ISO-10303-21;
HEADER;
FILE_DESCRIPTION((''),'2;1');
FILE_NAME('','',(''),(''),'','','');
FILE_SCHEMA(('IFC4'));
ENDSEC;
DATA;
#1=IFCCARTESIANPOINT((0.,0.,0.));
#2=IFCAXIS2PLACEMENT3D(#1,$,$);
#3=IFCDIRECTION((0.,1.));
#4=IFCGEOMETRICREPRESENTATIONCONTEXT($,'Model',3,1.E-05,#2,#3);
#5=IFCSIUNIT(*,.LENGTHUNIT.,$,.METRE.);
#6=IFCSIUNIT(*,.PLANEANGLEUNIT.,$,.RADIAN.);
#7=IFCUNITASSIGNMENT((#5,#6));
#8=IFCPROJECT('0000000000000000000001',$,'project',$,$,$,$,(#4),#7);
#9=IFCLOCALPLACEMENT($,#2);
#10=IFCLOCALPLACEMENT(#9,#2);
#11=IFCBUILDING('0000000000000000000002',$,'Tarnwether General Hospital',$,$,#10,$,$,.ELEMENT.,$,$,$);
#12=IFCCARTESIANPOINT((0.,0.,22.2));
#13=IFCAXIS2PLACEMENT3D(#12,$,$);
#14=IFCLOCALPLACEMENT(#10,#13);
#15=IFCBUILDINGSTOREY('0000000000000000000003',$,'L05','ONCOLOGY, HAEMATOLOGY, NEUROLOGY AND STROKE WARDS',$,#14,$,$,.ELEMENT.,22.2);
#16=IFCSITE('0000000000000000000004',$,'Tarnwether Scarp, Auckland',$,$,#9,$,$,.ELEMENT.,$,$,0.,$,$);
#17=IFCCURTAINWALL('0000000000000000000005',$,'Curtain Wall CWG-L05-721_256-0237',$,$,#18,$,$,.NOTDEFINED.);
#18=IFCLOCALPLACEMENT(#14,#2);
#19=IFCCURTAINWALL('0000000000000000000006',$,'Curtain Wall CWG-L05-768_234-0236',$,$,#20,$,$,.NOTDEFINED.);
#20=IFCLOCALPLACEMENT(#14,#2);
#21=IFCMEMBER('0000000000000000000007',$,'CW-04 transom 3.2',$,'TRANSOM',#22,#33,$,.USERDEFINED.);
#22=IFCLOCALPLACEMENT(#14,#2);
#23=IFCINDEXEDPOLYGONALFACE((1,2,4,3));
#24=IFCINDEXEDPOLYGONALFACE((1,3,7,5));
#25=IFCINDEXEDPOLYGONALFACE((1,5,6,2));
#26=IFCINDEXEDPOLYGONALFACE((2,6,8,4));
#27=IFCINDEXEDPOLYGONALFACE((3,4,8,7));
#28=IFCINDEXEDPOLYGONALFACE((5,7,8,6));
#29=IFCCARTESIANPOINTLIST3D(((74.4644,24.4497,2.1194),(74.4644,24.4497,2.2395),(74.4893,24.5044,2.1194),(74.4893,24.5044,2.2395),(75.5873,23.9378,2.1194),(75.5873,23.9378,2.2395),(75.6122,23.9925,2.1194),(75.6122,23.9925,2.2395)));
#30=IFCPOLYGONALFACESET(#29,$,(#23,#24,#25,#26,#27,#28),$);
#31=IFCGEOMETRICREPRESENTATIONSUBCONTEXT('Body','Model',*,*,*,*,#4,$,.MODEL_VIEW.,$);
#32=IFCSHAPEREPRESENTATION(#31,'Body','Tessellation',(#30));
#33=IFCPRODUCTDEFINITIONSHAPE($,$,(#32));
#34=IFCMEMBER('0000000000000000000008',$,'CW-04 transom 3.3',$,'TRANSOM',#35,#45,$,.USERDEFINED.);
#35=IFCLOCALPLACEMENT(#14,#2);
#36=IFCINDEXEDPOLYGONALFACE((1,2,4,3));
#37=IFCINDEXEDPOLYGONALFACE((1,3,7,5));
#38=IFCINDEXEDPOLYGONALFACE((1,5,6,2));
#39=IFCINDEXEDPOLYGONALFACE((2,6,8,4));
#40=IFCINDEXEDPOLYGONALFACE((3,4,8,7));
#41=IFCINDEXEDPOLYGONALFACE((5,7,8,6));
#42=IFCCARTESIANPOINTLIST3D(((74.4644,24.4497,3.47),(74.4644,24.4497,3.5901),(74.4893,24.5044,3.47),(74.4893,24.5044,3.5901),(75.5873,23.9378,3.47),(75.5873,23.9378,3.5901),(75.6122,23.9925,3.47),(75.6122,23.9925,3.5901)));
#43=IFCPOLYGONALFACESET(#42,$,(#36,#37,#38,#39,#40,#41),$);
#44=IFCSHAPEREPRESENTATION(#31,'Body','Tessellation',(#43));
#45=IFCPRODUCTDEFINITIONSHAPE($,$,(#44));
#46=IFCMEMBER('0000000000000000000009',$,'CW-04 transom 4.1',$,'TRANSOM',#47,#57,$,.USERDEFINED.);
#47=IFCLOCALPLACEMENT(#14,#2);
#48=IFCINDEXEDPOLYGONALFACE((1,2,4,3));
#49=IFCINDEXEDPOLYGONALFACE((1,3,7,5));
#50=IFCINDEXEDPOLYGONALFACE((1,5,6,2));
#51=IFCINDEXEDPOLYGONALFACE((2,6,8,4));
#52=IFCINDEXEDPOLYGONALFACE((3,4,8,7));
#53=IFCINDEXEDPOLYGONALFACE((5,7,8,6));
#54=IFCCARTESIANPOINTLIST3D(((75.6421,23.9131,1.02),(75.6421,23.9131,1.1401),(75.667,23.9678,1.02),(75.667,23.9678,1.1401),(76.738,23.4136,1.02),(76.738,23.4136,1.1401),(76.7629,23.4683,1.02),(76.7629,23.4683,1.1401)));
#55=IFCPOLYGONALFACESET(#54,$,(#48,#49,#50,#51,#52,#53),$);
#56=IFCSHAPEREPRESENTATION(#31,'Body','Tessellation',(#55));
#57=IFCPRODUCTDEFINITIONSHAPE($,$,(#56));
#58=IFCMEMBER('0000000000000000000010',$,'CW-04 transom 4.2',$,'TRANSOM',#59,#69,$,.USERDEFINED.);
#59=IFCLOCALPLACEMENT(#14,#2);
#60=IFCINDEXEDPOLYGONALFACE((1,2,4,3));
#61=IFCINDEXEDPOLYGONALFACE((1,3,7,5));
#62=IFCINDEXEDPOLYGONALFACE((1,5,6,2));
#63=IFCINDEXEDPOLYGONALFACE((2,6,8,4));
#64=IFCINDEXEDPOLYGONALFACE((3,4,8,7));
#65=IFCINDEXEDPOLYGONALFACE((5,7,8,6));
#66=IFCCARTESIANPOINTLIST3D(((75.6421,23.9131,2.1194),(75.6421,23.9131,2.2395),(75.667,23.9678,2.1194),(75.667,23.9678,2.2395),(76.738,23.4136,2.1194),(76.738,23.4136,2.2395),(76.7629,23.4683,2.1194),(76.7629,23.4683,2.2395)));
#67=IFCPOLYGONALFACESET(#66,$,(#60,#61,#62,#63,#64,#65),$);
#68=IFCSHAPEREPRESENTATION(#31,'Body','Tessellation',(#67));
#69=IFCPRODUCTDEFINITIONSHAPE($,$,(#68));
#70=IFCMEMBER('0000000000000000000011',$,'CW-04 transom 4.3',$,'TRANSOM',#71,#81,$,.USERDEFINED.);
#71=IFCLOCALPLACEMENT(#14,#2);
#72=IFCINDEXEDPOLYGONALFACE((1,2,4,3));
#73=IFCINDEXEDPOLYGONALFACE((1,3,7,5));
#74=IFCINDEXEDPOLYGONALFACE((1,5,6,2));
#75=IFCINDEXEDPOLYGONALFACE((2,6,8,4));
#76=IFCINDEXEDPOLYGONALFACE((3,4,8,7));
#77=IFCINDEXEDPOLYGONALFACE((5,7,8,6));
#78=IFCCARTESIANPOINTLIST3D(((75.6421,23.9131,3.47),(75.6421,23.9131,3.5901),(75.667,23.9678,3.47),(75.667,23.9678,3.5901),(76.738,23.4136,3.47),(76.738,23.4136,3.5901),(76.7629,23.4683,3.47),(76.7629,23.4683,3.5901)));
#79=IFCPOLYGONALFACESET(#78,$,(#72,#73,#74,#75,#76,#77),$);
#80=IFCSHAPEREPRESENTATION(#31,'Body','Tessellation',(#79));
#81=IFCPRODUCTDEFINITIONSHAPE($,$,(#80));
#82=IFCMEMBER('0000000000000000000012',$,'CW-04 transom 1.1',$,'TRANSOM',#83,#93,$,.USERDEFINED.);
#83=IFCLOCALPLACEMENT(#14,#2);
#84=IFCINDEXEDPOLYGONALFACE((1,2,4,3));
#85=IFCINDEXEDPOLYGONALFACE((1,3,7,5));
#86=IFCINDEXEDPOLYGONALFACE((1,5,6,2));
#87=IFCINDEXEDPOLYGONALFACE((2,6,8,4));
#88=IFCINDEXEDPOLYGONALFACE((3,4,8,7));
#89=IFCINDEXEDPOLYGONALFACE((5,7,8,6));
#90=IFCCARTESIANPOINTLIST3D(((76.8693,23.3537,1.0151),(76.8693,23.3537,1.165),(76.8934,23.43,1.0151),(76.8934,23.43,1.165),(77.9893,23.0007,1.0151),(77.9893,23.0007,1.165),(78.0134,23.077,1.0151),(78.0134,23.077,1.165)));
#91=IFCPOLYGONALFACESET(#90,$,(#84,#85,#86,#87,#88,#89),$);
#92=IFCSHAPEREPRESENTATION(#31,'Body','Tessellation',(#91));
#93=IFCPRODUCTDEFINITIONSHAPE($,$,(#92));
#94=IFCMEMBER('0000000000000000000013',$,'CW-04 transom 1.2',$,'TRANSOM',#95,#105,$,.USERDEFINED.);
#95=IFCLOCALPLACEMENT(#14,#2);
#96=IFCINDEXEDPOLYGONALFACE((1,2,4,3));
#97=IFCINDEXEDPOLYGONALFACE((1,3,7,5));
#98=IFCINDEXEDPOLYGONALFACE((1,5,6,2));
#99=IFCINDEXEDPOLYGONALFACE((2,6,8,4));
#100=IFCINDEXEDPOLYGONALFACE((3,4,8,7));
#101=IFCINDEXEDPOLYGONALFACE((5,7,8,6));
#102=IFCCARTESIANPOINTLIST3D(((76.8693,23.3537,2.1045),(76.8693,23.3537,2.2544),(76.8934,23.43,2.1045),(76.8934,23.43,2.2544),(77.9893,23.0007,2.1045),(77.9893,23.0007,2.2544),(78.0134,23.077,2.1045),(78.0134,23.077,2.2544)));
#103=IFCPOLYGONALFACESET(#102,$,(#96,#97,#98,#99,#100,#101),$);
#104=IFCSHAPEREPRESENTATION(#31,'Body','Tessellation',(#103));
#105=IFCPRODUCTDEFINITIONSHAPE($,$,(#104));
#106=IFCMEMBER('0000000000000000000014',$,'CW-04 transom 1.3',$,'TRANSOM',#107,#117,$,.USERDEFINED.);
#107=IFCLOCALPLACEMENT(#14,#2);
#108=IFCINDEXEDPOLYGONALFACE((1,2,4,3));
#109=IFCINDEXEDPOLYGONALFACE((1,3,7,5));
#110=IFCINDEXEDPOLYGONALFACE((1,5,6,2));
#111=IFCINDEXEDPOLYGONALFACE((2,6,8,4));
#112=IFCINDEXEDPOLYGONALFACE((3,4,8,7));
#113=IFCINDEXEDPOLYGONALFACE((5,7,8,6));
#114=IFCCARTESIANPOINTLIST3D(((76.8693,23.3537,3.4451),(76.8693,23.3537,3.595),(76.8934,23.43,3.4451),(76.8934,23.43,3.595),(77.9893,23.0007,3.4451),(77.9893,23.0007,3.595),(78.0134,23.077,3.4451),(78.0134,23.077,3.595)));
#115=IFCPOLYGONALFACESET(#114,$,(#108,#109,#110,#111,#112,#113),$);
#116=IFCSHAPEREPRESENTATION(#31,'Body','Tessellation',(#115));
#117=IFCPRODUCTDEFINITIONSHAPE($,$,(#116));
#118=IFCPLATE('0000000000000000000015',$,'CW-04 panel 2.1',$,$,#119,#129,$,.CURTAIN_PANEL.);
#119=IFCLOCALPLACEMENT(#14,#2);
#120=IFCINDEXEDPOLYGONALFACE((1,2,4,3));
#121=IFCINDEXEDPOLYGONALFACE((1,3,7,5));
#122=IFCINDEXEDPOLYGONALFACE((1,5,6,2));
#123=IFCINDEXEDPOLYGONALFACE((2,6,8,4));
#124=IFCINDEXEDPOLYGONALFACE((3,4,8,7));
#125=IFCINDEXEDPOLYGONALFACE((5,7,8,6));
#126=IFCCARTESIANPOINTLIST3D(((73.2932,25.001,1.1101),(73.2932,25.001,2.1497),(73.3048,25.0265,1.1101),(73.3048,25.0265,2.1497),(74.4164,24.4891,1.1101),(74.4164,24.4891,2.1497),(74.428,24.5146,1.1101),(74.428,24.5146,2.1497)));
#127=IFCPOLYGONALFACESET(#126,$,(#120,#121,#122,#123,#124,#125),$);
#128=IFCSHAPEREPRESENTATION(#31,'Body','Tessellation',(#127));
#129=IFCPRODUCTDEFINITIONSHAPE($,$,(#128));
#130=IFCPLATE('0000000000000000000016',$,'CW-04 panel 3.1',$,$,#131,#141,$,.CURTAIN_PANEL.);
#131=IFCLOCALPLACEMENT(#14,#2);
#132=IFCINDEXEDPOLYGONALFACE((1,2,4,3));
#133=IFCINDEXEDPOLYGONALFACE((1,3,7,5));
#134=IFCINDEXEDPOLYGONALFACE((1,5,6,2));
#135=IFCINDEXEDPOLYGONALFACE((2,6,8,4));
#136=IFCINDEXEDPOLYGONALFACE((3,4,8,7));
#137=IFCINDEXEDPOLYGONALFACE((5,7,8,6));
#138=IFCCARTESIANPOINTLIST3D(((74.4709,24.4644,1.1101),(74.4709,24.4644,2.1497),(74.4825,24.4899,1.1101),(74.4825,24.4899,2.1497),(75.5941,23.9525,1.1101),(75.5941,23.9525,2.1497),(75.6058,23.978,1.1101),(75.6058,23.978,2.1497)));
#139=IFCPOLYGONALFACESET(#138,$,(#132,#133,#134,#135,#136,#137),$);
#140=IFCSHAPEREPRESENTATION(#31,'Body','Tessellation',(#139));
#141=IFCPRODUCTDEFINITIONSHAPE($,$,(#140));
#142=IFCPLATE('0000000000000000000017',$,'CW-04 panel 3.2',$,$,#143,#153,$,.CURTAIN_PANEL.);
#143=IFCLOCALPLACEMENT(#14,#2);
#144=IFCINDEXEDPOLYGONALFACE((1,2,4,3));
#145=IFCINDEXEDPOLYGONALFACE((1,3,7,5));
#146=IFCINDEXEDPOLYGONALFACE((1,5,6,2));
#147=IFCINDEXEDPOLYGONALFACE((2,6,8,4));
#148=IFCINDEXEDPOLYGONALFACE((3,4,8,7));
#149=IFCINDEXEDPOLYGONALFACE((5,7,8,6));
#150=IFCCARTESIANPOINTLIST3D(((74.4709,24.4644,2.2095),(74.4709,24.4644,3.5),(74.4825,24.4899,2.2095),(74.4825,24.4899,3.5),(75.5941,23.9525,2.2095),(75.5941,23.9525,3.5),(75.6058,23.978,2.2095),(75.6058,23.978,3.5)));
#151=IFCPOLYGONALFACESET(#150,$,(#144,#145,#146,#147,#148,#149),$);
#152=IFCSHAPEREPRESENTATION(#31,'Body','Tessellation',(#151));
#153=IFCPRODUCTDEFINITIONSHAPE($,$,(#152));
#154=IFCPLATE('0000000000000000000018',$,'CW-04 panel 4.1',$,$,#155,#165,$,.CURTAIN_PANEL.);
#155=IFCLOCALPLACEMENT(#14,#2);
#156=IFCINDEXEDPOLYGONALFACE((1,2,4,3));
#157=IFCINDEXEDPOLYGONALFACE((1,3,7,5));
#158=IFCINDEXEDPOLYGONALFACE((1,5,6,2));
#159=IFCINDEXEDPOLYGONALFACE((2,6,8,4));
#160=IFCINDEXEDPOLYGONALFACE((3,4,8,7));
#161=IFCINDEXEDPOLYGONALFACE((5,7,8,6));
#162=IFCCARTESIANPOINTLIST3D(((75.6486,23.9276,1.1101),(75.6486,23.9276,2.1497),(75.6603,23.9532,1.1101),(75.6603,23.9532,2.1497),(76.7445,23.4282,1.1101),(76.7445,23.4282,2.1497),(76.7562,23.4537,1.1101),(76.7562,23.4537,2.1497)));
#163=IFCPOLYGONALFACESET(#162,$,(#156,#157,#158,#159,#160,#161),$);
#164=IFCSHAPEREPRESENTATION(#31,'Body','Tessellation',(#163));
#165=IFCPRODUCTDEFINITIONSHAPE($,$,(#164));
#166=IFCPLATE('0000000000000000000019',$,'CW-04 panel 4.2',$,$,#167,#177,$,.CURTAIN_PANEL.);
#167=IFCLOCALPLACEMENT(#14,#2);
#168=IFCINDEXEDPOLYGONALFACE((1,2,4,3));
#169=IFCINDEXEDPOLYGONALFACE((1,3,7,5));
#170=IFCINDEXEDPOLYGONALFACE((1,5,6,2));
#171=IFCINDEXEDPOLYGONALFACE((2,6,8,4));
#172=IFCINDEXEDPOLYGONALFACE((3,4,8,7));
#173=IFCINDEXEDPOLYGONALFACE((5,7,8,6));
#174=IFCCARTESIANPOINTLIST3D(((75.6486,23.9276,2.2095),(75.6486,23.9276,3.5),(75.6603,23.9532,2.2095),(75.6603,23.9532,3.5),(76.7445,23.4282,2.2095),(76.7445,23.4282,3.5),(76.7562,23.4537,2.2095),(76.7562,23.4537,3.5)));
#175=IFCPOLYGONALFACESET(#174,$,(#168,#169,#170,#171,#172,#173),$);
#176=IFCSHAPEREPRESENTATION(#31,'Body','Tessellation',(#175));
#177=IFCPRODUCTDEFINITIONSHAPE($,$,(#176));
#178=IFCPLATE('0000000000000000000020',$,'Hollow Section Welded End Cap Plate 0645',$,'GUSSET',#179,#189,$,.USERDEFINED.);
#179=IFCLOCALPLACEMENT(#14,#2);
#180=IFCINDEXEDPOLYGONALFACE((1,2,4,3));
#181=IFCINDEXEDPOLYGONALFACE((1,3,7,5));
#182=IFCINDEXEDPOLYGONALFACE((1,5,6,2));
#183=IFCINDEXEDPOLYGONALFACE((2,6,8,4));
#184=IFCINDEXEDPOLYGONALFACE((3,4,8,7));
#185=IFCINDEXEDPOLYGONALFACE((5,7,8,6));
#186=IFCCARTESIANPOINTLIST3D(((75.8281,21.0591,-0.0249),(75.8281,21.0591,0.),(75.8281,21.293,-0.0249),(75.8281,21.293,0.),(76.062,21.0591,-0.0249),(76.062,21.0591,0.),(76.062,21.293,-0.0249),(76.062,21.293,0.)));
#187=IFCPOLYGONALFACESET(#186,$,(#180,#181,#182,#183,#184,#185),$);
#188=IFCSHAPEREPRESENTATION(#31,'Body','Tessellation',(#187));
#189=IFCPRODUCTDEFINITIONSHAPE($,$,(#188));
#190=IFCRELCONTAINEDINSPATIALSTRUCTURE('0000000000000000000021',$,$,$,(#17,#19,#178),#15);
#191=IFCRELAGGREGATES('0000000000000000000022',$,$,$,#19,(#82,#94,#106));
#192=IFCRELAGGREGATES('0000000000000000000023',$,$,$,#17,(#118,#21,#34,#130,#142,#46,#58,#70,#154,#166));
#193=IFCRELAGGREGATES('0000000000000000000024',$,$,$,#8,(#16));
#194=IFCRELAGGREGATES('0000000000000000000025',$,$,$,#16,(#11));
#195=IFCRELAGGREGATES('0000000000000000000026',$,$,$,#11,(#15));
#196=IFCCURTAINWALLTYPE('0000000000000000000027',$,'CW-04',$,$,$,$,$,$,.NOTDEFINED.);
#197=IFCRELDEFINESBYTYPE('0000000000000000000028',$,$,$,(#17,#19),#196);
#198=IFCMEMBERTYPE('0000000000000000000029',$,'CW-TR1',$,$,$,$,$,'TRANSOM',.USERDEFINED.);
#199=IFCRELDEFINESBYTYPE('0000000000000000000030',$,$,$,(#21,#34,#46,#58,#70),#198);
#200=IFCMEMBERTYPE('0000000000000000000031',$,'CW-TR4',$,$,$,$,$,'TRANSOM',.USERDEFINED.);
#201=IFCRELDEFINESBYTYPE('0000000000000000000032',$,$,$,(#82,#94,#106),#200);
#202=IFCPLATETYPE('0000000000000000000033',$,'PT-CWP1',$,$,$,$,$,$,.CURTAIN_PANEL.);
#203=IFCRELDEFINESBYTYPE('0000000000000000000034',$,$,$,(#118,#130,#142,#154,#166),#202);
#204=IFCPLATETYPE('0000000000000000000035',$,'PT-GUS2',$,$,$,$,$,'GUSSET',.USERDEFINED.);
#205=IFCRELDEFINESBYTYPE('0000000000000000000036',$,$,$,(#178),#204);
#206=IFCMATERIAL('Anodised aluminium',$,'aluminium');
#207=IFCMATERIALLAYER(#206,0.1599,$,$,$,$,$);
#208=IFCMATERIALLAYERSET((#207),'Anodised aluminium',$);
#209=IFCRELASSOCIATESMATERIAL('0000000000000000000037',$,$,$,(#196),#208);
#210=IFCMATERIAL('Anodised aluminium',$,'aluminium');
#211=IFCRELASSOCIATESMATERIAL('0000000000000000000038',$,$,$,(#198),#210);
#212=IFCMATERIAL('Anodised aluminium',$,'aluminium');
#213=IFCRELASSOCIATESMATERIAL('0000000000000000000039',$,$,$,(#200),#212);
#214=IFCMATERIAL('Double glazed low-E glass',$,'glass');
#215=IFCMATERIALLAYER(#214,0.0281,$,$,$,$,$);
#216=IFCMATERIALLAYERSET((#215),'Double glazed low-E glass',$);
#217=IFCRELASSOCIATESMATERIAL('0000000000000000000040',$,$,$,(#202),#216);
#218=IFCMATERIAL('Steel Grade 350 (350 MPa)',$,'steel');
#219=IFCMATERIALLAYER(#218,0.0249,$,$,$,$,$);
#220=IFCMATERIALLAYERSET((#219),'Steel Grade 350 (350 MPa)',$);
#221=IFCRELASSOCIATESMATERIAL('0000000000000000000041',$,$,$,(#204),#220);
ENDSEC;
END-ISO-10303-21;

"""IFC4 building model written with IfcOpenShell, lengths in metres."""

from ifc_helpers import new_model, si_unit, direction, frame, origin, origin_2d, place, context, subcontext, project, spatial, rectangle, extrude, material, layer, layer_set, material_profile, profile_set, type_object, element, aggregate, save


model = new_model("IFC4")

# Units and contexts
model_context = context("Model", 3, precision=1e-05, world=origin(), true_north=direction((0.0, 1.0)))
body_context = subcontext(model_context, "Body", "Model", "MODEL_VIEW")
ifc_project = project(units=[si_unit("LENGTHUNIT", "METRE"), si_unit("PLANEANGLEUNIT", "RADIAN")], contexts=[model_context])

# Site, building, storey
site_placement = place(None, origin())
site = spatial("IfcSite", under=ifc_project, at=site_placement, Name="Tarnwether Scarp, Auckland", CompositionType="ELEMENT", RefElevation=0.0)
building_placement = place(site_placement, origin())
building = spatial("IfcBuilding", under=site, at=building_placement, Name="Tarnwether General Hospital", CompositionType="ELEMENT")
storey_placement = place(building_placement, frame((0.0, 0.0, 22.2)))
storey = spatial("IfcBuildingStorey", under=building, at=storey_placement, Name="L05", Description="ONCOLOGY, HAEMATOLOGY, NEUROLOGY AND STROKE WARDS", CompositionType="ELEMENT", Elevation=22.2)

# Curtain wall
ifc_material_1 = material(Name="Anodised aluminium", Category="aluminium")
ifc_layer_1 = layer(ifc_material_1, 0.1599)
ifc_layer_set_1 = layer_set([ifc_layer_1], Name="Anodised aluminium")
curtain_wall_type = type_object("IfcCurtainWallType", Name="CW-04", PredefinedType="NOTDEFINED", material=ifc_layer_set_1)
curtain_wall_1_placement = place(storey_placement, origin())
curtain_wall_1 = element("IfcCurtainWall", 1, at=curtain_wall_1_placement, inside=storey, type_object=curtain_wall_type, Name="Curtain Wall CWG-L05-721_256-0237", PredefinedType="NOTDEFINED")

# Curtain wall
curtain_wall_2_placement = place(storey_placement, origin())
curtain_wall_2 = element("IfcCurtainWall", 2, at=curtain_wall_2_placement, inside=storey, type_object=curtain_wall_type, Name="Curtain Wall CWG-L05-768_234-0236", PredefinedType="NOTDEFINED")

# Members
ifc_material_2 = material(Name="Anodised aluminium", Category="aluminium")
ifc_material_profile_1 = material_profile(ifc_material_2, rectangle(XDim=0.0601, YDim=0.1201, at=origin_2d()), Name="ALU-TRN-60x120")
ifc_profile_set_1 = profile_set([ifc_material_profile_1], Name="Anodised aluminium")
member_type_1 = type_object("IfcMemberType", Name="CW-TR1", ElementType="TRANSOM", PredefinedType="USERDEFINED", material=ifc_profile_set_1)
member_1_placement = place(storey_placement, frame((74.4768, 24.4771, 2.1794), z_axis=(0.909912, -0.414801, 0.0), x_axis=(0.414801, 0.909912, 0.0)))
member_1 = element("IfcMember", 3, at=member_1_placement, type_object=member_type_1, Name="CW-04 transom 3.2", ObjectType="TRANSOM", PredefinedType="USERDEFINED", context=body_context, shape_type="SweptSolid", body=[
    extrude(rectangle(XDim=0.0601, YDim=0.1201, at=origin_2d()), origin(), (0.0, 0.0, 1.0), 1.2341),
])
member_2_placement = place(storey_placement, frame((74.4768, 24.4771, 3.53), z_axis=(0.909912, -0.414801, 0.0), x_axis=(0.414801, 0.909912, 0.0)))
member_2 = element("IfcMember", 4, at=member_2_placement, type_object=member_type_1, Name="CW-04 transom 3.3", ObjectType="TRANSOM", PredefinedType="USERDEFINED", context=body_context, shape_type="SweptSolid", body=[
    extrude(rectangle(XDim=0.0601, YDim=0.1201, at=origin_2d()), origin(), (0.0, 0.0, 1.0), 1.2341),
])
member_3_placement = place(storey_placement, frame((75.6545, 23.9404, 1.0801), z_axis=(0.909943, -0.414734, 0.0), x_axis=(0.414734, 0.909943, 0.0)))
member_3 = element("IfcMember", 5, at=member_3_placement, type_object=member_type_1, Name="CW-04 transom 4.1", ObjectType="TRANSOM", PredefinedType="USERDEFINED", context=body_context, shape_type="SweptSolid", body=[
    extrude(rectangle(XDim=0.0601, YDim=0.1201, at=origin_2d()), origin(), (0.0, 0.0, 1.0), 1.2043),
])
member_4_placement = place(storey_placement, frame((75.6545, 23.9404, 2.1794), z_axis=(0.909943, -0.414734, 0.0), x_axis=(0.414734, 0.909943, 0.0)))
member_4 = element("IfcMember", 6, at=member_4_placement, type_object=member_type_1, Name="CW-04 transom 4.2", ObjectType="TRANSOM", PredefinedType="USERDEFINED", context=body_context, shape_type="SweptSolid", body=[
    extrude(rectangle(XDim=0.0601, YDim=0.1201, at=origin_2d()), origin(), (0.0, 0.0, 1.0), 1.2043),
])
member_5_placement = place(storey_placement, frame((75.6545, 23.9404, 3.53), z_axis=(0.909943, -0.414734, 0.0), x_axis=(0.414734, 0.909943, 0.0)))
member_5 = element("IfcMember", 7, at=member_5_placement, type_object=member_type_1, Name="CW-04 transom 4.3", ObjectType="TRANSOM", PredefinedType="USERDEFINED", context=body_context, shape_type="SweptSolid", body=[
    extrude(rectangle(XDim=0.0601, YDim=0.1201, at=origin_2d()), origin(), (0.0, 0.0, 1.0), 1.2043),
])
ifc_material_3 = material(Name="Anodised aluminium", Category="aluminium")
ifc_material_profile_2 = material_profile(ifc_material_3, rectangle(XDim=0.0801, YDim=0.1499, at=origin_2d()), Name="ALU-TRN-80x150")
ifc_profile_set_2 = profile_set([ifc_material_profile_2], Name="Anodised aluminium")
member_type_2 = type_object("IfcMemberType", Name="CW-TR4", ElementType="TRANSOM", PredefinedType="USERDEFINED", material=ifc_profile_set_2)
member_6_placement = place(storey_placement, frame((76.8813, 23.3918, 1.0901), z_axis=(0.953752, -0.300594, 0.0), x_axis=(0.300594, 0.953752, 0.0)))
member_6 = element("IfcMember", 8, at=member_6_placement, type_object=member_type_2, Name="CW-04 transom 1.1", ObjectType="TRANSOM", PredefinedType="USERDEFINED", context=body_context, shape_type="SweptSolid", body=[
    extrude(rectangle(XDim=0.0801, YDim=0.1499, at=origin_2d()), origin(), (0.0, 0.0, 1.0), 1.1743),
])
member_7_placement = place(storey_placement, frame((76.8813, 23.3918, 2.1794), z_axis=(0.953752, -0.300594, 0.0), x_axis=(0.300594, 0.953752, 0.0)))
member_7 = element("IfcMember", 9, at=member_7_placement, type_object=member_type_2, Name="CW-04 transom 1.2", ObjectType="TRANSOM", PredefinedType="USERDEFINED", context=body_context, shape_type="SweptSolid", body=[
    extrude(rectangle(XDim=0.0801, YDim=0.1499, at=origin_2d()), origin(), (0.0, 0.0, 1.0), 1.1743),
])
member_8_placement = place(storey_placement, frame((76.8813, 23.3918, 3.52), z_axis=(0.953752, -0.300594, 0.0), x_axis=(0.300594, 0.953752, 0.0)))
member_8 = element("IfcMember", 10, at=member_8_placement, type_object=member_type_2, Name="CW-04 transom 1.3", ObjectType="TRANSOM", PredefinedType="USERDEFINED", context=body_context, shape_type="SweptSolid", body=[
    extrude(rectangle(XDim=0.0801, YDim=0.1499, at=origin_2d()), origin(), (0.0, 0.0, 1.0), 1.1743),
])
aggregate(curtain_wall_2, [member_6, member_7, member_8])

# Plates
ifc_material_4 = material(Name="Double glazed low-E glass", Category="glass")
ifc_layer_2 = layer(ifc_material_4, 0.0281)
ifc_layer_set_2 = layer_set([ifc_layer_2], Name="Double glazed low-E glass")
plate_type_1 = type_object("IfcPlateType", Name="PT-CWP1", PredefinedType="CURTAIN_PANEL", material=ifc_layer_set_2)
plate_1_placement = place(storey_placement, frame((73.8606, 24.7578, 1.1101), z_axis=(0.0, 0.0, 1.0), x_axis=(0.909956, -0.414705, 0.0)))
plate_1 = element("IfcPlate", 11, at=plate_1_placement, type_object=plate_type_1, Name="CW-04 panel 2.1", PredefinedType="CURTAIN_PANEL", context=body_context, shape_type="SweptSolid", body=[
    extrude(rectangle(XDim=1.2344, YDim=0.0281, at=origin_2d()), origin(), (0.0, 0.0, 1.0), 1.0396),
])
plate_2_placement = place(storey_placement, frame((75.0383, 24.2212, 1.1101), z_axis=(0.0, 0.0, 1.0), x_axis=(0.909956, -0.414705, 0.0)))
plate_2 = element("IfcPlate", 12, at=plate_2_placement, type_object=plate_type_1, Name="CW-04 panel 3.1", PredefinedType="CURTAIN_PANEL", context=body_context, shape_type="SweptSolid", body=[
    extrude(rectangle(XDim=1.2344, YDim=0.0281, at=origin_2d()), origin(), (0.0, 0.0, 1.0), 1.0396),
])
plate_3_placement = place(storey_placement, frame((75.0383, 24.2212, 2.2095), z_axis=(0.0, 0.0, 1.0), x_axis=(0.909956, -0.414705, 0.0)))
plate_3 = element("IfcPlate", 13, at=plate_3_placement, type_object=plate_type_1, Name="CW-04 panel 3.2", PredefinedType="CURTAIN_PANEL", context=body_context, shape_type="SweptSolid", body=[
    extrude(rectangle(XDim=1.2344, YDim=0.0281, at=origin_2d()), origin(), (0.0, 0.0, 1.0), 1.2905),
])
plate_4_placement = place(storey_placement, frame((76.2024, 23.6907, 1.1101), z_axis=(0.0, 0.0, 1.0), x_axis=(0.909956, -0.414705, 0.0)))
plate_4 = element("IfcPlate", 14, at=plate_4_placement, type_object=plate_type_1, Name="CW-04 panel 4.1", PredefinedType="CURTAIN_PANEL", context=body_context, shape_type="SweptSolid", body=[
    extrude(rectangle(XDim=1.2043, YDim=0.0281, at=origin_2d()), origin(), (0.0, 0.0, 1.0), 1.0396),
])
plate_5_placement = place(storey_placement, frame((76.2024, 23.6907, 2.2095), z_axis=(0.0, 0.0, 1.0), x_axis=(0.909956, -0.414705, 0.0)))
plate_5 = element("IfcPlate", 15, at=plate_5_placement, type_object=plate_type_1, Name="CW-04 panel 4.2", PredefinedType="CURTAIN_PANEL", context=body_context, shape_type="SweptSolid", body=[
    extrude(rectangle(XDim=1.2043, YDim=0.0281, at=origin_2d()), origin(), (0.0, 0.0, 1.0), 1.2905),
])
aggregate(curtain_wall_1, [plate_1, member_1, member_2, plate_2, plate_3, member_3, member_4, member_5, plate_4, plate_5])

# Plate
ifc_material_5 = material(Name="Steel Grade 350 (350 MPa)", Category="steel")
ifc_layer_3 = layer(ifc_material_5, 0.0249)
ifc_layer_set_3 = layer_set([ifc_layer_3], Name="Steel Grade 350 (350 MPa)")
plate_type_2 = type_object("IfcPlateType", Name="PT-GUS2", ElementType="GUSSET", PredefinedType="USERDEFINED", material=ifc_layer_set_3)
for number, where, z_axis, x_axis, name in (
    (16, (75.9451, 21.176, -0.0249), (0.0, 0.0, 1.0), (1.0, 0.0, 0.0), "Hollow Section Welded End Cap Plate 0645"),
):
    element("IfcPlate", number, at=place(storey_placement, frame(where, z_axis=z_axis, x_axis=x_axis)), inside=storey, type_object=plate_type_2, Name=name, ObjectType="GUSSET", PredefinedType="USERDEFINED", context=body_context, shape_type="SweptSolid", body=[
        extrude(rectangle(XDim=0.2339, YDim=0.2339, at=origin_2d()), origin(), (0.0, 0.0, 1.0), 0.0249),
    ])

save(model, "model.ifc")
